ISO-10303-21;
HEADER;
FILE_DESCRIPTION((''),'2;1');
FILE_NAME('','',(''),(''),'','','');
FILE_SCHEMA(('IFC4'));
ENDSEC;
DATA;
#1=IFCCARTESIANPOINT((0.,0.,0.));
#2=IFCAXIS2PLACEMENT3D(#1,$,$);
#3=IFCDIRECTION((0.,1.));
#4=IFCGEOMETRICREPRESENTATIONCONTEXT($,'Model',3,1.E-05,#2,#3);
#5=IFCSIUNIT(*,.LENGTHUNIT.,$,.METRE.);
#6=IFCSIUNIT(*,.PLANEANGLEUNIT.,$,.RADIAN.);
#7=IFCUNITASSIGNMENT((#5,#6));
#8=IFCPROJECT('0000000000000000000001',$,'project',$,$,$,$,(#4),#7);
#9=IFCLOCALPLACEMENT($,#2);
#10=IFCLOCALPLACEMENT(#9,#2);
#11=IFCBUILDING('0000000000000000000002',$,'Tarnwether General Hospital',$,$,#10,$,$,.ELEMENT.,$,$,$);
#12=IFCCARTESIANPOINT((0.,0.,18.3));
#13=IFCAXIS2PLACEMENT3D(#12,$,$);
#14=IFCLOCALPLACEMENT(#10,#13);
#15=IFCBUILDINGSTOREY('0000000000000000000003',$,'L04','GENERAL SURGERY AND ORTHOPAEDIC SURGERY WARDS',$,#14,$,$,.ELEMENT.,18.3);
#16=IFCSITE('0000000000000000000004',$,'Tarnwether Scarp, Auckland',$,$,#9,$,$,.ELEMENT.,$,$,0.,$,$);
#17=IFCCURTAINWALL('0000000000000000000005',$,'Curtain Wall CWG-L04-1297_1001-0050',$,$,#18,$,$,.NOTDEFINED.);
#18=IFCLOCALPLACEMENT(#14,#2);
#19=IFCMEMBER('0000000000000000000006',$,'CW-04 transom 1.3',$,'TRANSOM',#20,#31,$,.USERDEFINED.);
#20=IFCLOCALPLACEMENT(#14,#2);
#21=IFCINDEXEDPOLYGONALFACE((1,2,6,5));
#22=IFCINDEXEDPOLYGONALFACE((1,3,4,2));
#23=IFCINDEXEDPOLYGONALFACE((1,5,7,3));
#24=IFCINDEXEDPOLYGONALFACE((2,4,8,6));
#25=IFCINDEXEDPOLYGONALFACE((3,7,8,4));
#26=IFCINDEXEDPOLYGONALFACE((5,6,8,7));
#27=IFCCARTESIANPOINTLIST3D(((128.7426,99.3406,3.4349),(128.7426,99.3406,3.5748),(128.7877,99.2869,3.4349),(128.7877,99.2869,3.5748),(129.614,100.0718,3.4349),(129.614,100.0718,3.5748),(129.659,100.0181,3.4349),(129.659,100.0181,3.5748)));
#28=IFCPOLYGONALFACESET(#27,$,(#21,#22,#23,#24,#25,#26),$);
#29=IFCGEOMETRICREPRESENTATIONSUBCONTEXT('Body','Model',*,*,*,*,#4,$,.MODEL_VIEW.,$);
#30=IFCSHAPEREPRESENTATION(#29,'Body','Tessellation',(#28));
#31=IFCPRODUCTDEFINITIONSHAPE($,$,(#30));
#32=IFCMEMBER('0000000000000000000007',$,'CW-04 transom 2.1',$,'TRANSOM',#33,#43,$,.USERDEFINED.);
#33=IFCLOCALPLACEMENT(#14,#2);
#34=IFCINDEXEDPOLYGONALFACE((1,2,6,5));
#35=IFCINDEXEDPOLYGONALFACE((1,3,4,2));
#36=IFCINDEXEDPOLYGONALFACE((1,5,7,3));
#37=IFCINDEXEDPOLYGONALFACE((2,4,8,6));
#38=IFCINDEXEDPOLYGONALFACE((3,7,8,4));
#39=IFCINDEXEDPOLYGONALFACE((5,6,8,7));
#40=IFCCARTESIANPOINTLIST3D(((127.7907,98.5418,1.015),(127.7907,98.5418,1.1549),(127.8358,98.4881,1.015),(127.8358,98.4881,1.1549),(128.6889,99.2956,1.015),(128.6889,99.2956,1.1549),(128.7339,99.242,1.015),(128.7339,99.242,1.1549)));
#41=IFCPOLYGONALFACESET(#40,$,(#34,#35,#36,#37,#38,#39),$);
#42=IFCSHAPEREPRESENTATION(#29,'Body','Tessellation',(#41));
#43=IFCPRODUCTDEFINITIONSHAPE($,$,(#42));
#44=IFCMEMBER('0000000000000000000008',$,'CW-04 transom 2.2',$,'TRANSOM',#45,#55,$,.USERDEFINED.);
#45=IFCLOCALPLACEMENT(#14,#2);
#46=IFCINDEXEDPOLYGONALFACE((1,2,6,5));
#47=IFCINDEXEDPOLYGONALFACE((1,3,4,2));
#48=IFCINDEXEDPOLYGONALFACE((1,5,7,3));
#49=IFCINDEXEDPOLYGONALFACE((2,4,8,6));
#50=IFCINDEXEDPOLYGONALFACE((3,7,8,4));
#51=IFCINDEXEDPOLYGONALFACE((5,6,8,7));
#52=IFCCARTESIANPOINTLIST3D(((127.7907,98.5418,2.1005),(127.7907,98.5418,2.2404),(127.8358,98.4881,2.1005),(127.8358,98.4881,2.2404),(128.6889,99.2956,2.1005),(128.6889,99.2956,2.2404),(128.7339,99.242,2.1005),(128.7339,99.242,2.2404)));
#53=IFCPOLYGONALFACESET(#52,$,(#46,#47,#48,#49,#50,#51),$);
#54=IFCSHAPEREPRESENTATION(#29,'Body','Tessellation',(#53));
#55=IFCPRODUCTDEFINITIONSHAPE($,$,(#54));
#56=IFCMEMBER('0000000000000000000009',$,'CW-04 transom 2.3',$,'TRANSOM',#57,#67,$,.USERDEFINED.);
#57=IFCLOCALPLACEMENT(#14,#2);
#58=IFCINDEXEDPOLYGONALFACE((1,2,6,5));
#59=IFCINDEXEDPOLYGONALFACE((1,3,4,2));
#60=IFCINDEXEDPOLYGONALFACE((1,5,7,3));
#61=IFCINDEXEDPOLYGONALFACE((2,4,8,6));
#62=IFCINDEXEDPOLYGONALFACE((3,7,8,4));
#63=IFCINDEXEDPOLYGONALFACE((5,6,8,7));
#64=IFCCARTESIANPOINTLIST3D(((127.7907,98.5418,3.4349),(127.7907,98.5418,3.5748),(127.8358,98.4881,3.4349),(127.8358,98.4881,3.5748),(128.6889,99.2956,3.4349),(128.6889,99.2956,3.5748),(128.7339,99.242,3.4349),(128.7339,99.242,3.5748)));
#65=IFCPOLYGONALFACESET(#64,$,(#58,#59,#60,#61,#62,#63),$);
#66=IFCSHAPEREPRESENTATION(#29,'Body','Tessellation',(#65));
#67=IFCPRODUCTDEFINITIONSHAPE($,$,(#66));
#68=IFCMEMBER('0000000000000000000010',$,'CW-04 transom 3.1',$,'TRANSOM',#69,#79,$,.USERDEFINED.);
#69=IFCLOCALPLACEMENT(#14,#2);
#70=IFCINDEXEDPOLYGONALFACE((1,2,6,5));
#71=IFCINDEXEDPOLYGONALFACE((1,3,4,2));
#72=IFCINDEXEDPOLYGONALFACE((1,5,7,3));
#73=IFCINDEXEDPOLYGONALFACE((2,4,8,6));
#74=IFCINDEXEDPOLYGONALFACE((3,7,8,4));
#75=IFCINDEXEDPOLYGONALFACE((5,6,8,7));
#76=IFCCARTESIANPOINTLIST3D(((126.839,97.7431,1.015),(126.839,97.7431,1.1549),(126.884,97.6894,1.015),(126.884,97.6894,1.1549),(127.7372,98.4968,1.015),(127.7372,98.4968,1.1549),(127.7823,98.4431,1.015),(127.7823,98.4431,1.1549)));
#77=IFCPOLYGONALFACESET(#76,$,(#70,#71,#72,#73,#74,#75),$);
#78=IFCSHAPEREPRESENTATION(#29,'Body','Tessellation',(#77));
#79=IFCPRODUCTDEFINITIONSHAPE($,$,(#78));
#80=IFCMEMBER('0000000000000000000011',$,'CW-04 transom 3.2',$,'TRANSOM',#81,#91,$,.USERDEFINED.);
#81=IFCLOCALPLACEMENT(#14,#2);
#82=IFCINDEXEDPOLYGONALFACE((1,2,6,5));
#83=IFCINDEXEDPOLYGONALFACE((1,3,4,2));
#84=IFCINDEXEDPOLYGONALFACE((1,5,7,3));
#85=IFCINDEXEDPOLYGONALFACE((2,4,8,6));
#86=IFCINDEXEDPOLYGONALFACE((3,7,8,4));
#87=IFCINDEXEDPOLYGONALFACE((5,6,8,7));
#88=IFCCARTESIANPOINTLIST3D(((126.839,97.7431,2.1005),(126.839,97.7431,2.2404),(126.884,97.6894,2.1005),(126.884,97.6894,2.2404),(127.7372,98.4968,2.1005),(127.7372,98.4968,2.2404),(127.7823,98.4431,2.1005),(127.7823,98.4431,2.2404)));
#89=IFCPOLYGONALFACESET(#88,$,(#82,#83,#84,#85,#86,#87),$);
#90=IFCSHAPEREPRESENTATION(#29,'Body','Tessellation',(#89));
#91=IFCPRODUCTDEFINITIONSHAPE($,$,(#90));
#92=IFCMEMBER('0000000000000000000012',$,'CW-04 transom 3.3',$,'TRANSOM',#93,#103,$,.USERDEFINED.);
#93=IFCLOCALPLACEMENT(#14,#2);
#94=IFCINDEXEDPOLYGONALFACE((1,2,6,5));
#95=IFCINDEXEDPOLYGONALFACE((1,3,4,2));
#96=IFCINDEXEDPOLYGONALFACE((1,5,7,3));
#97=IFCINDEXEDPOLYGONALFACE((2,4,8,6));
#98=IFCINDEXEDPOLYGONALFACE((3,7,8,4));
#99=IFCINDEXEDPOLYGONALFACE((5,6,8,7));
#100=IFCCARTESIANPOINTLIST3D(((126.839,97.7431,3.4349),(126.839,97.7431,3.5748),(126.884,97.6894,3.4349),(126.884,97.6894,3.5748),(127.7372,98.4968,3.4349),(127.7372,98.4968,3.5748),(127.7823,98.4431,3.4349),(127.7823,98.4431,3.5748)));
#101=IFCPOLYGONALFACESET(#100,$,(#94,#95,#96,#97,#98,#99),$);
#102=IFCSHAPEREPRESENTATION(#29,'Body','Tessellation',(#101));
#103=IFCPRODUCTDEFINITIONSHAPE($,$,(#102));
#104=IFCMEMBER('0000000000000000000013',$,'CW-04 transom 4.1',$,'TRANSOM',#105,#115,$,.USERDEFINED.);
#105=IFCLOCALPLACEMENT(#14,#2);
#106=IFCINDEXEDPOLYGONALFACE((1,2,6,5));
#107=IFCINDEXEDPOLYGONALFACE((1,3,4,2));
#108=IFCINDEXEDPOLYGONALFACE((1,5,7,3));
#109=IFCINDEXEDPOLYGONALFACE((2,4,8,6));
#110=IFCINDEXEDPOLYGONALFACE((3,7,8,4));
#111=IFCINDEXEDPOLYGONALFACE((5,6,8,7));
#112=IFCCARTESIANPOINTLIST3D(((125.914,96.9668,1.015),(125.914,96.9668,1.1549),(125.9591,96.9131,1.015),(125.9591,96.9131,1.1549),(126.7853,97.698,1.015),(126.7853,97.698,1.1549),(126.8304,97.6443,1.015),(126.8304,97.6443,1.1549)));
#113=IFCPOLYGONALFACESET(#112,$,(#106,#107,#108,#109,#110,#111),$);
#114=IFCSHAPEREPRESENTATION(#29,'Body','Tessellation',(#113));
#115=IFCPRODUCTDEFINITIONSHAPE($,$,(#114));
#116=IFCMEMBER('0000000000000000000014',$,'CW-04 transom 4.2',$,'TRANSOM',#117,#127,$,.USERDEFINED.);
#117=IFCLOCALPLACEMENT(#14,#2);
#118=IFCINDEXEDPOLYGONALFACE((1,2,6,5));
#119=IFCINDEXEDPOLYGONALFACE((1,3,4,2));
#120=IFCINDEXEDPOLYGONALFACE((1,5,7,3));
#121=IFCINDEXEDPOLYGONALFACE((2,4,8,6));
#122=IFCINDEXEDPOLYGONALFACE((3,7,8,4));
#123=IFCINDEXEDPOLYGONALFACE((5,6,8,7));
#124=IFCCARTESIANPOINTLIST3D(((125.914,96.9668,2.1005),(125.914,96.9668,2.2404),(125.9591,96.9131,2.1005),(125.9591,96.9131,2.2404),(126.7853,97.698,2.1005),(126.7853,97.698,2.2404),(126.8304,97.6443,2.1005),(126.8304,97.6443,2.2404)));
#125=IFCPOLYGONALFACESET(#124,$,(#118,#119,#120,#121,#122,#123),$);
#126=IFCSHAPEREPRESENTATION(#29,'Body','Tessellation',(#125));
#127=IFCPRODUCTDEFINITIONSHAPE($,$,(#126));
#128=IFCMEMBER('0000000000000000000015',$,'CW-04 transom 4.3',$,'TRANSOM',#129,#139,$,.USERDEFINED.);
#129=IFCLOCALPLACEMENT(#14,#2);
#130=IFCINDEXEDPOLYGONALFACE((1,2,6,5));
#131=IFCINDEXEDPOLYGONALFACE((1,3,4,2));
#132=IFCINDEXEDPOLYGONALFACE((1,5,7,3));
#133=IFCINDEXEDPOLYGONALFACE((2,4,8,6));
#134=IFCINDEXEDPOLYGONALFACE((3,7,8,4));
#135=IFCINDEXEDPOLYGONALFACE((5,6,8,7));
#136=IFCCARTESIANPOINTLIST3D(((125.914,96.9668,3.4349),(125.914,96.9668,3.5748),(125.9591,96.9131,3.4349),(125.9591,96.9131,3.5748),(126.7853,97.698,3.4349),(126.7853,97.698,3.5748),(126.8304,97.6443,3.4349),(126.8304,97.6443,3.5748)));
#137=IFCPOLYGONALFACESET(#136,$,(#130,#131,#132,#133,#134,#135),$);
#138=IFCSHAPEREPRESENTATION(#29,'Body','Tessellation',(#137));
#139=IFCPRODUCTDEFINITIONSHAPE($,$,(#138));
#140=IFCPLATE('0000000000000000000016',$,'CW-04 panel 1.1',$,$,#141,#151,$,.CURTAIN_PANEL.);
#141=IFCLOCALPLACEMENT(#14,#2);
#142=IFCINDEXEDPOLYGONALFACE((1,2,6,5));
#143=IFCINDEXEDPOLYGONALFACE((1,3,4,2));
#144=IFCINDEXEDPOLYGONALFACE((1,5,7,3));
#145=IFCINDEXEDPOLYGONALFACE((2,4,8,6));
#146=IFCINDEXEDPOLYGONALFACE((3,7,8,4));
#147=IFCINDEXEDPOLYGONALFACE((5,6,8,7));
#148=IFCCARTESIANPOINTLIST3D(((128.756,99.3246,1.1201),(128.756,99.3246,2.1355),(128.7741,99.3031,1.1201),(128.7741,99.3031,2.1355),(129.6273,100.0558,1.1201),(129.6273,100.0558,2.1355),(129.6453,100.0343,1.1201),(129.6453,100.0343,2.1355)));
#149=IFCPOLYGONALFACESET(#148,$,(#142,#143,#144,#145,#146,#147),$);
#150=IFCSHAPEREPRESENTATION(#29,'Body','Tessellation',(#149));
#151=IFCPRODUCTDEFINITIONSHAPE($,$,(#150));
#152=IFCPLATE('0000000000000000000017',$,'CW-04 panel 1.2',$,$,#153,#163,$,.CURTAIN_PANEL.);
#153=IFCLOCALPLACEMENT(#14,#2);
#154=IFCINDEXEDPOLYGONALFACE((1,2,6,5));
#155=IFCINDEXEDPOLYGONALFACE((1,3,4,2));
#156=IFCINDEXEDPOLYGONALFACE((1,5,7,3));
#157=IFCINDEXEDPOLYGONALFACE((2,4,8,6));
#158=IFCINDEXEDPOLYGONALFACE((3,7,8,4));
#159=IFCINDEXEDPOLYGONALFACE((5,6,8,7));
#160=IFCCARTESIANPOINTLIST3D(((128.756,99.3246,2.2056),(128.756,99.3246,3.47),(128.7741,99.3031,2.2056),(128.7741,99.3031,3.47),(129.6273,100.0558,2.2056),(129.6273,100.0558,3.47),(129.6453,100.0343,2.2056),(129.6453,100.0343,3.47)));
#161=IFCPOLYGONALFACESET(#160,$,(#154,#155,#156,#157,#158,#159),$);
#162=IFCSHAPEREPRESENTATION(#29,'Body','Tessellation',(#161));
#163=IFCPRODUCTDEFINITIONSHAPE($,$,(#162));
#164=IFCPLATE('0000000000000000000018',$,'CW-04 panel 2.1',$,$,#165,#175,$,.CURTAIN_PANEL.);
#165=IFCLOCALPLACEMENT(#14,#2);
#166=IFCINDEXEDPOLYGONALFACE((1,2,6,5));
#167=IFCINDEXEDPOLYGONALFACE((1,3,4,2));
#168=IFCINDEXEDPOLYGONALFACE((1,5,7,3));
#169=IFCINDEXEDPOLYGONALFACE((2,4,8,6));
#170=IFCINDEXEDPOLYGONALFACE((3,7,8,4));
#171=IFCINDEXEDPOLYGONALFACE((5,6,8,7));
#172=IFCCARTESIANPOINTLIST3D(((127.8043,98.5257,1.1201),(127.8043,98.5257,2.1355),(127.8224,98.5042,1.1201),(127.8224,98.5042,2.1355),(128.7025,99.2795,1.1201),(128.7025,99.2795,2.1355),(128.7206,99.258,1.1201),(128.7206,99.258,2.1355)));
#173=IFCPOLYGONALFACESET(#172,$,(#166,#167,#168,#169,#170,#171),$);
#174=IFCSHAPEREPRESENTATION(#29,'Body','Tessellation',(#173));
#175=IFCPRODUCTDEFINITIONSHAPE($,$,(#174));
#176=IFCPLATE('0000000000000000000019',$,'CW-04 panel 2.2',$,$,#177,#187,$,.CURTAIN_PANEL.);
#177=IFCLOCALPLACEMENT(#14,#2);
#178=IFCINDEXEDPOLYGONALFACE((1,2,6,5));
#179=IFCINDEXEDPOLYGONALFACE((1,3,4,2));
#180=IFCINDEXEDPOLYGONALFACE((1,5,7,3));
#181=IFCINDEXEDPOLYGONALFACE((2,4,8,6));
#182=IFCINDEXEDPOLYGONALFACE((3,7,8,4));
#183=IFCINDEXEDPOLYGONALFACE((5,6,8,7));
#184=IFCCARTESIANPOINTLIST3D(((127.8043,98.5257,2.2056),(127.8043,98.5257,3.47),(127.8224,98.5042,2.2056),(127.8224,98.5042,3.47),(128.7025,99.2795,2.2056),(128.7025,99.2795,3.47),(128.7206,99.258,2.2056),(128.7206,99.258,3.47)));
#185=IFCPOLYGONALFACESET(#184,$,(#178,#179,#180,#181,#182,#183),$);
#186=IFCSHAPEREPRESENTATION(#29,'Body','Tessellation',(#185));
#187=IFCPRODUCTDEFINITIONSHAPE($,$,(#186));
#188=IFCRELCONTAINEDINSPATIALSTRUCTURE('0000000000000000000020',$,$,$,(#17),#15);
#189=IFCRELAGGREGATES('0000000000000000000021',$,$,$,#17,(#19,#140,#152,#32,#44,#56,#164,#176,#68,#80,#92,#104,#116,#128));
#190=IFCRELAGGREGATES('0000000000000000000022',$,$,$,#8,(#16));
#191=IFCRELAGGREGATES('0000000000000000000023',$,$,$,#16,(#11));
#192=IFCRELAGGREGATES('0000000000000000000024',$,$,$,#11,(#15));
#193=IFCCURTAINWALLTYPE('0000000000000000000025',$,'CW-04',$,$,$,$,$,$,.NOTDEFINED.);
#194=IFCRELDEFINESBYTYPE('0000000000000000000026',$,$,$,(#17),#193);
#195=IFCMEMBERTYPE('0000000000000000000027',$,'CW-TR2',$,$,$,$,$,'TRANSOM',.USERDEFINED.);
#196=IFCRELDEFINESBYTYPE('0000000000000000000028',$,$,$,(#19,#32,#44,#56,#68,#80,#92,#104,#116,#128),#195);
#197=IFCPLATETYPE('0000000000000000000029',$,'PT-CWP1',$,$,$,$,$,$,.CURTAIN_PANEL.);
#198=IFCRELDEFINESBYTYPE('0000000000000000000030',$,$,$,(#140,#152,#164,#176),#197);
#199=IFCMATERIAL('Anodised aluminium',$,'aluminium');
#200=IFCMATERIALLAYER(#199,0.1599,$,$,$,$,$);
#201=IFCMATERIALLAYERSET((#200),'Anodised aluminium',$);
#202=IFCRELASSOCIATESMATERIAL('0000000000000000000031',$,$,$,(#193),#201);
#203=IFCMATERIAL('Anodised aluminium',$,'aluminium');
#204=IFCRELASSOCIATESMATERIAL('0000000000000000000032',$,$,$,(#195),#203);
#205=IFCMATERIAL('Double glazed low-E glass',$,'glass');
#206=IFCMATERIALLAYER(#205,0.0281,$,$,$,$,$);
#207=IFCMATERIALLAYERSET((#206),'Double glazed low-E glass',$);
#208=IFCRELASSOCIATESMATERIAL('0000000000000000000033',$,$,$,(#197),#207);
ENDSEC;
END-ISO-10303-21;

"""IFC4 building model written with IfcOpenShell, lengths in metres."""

from ifc_helpers import new_model, si_unit, direction, frame, origin, origin_2d, place, context, subcontext, project, spatial, rectangle, extrude, material, layer, layer_set, material_profile, profile_set, type_object, element, aggregate, save


model = new_model("IFC4")

# Units and contexts
model_context = context("Model", 3, precision=1e-05, world=origin(), true_north=direction((0.0, 1.0)))
body_context = subcontext(model_context, "Body", "Model", "MODEL_VIEW")
ifc_project = project(units=[si_unit("LENGTHUNIT", "METRE"), si_unit("PLANEANGLEUNIT", "RADIAN")], contexts=[model_context])

# Site, building, storey
site_placement = place(None, origin())
site = spatial("IfcSite", under=ifc_project, at=site_placement, Name="Tarnwether Scarp, Auckland", CompositionType="ELEMENT", RefElevation=0.0)
building_placement = place(site_placement, origin())
building = spatial("IfcBuilding", under=site, at=building_placement, Name="Tarnwether General Hospital", CompositionType="ELEMENT")
storey_placement = place(building_placement, frame((0.0, 0.0, 18.3)))
storey = spatial("IfcBuildingStorey", under=building, at=storey_placement, Name="L04", Description="GENERAL SURGERY AND ORTHOPAEDIC SURGERY WARDS", CompositionType="ELEMENT", Elevation=18.3)

# Shared definitions
ifc_material_1 = material(Name="Anodised aluminium", Category="aluminium")
ifc_layer_1 = layer(ifc_material_1, 0.1599)
ifc_layer_set_1 = layer_set([ifc_layer_1], Name="Anodised aluminium")
curtain_wall_type = type_object("IfcCurtainWallType", Name="CW-04", PredefinedType="NOTDEFINED", material=ifc_layer_set_1)

# Curtain wall
curtain_wall_1_placement = place(storey_placement, origin())
curtain_wall_1 = element("IfcCurtainWall", 1, at=curtain_wall_1_placement, inside=storey, type_object=curtain_wall_type, Name="Curtain Wall CWG-L04-1297_1001-0050", PredefinedType="NOTDEFINED")

# Members
ifc_material_2 = material(Name="Anodised aluminium", Category="aluminium")
ifc_material_profile_1 = material_profile(ifc_material_2, rectangle(XDim=0.0701, YDim=0.1399, at=origin_2d()), Name="ALU-TRN-70x140")
ifc_profile_set_1 = profile_set([ifc_material_profile_1], Name="Anodised aluminium")
member_type_1 = type_object("IfcMemberType", Name="CW-TR2", ElementType="TRANSOM", PredefinedType="USERDEFINED", material=ifc_profile_set_1)
member_1_placement = place(storey_placement, frame((129.6365, 100.0449, 3.5049), z_axis=(-0.766018, -0.64282, 0.0), x_axis=(0.64282, -0.766018, 0.0)))
member_1 = element("IfcMember", 2, at=member_1_placement, type_object=member_type_1, Name="CW-04 transom 1.3", ObjectType="TRANSOM", PredefinedType="USERDEFINED", context=body_context, shape_type="SweptSolid", body=[
    extrude(rectangle(XDim=0.0701, YDim=0.1399, at=origin_2d()), origin(), (0.0, 0.0, 1.0), 1.1375),
])
member_2_placement = place(storey_placement, frame((128.7114, 99.2688, 1.085), z_axis=(-0.765947, -0.642904, 0.0), x_axis=(0.642904, -0.765947, 0.0)))
member_2 = element("IfcMember", 3, at=member_2_placement, type_object=member_type_1, Name="CW-04 transom 2.1", ObjectType="TRANSOM", PredefinedType="USERDEFINED", context=body_context, shape_type="SweptSolid", body=[
    extrude(rectangle(XDim=0.0701, YDim=0.1399, at=origin_2d()), origin(), (0.0, 0.0, 1.0), 1.1726),
])
member_3_placement = place(storey_placement, frame((128.7114, 99.2688, 2.1704), z_axis=(-0.765947, -0.642904, 0.0), x_axis=(0.642904, -0.765947, 0.0)))
member_3 = element("IfcMember", 4, at=member_3_placement, type_object=member_type_1, Name="CW-04 transom 2.2", ObjectType="TRANSOM", PredefinedType="USERDEFINED", context=body_context, shape_type="SweptSolid", body=[
    extrude(rectangle(XDim=0.0701, YDim=0.1399, at=origin_2d()), origin(), (0.0, 0.0, 1.0), 1.1726),
])
member_4_placement = place(storey_placement, frame((128.7114, 99.2688, 3.5049), z_axis=(-0.765947, -0.642904, 0.0), x_axis=(0.642904, -0.765947, 0.0)))
member_4 = element("IfcMember", 5, at=member_4_placement, type_object=member_type_1, Name="CW-04 transom 2.3", ObjectType="TRANSOM", PredefinedType="USERDEFINED", context=body_context, shape_type="SweptSolid", body=[
    extrude(rectangle(XDim=0.0701, YDim=0.1399, at=origin_2d()), origin(), (0.0, 0.0, 1.0), 1.1726),
])
member_5_placement = place(storey_placement, frame((127.7598, 98.47, 1.085), z_axis=(-0.766049, -0.642782, 0.0), x_axis=(0.642782, -0.766049, 0.0)))
member_5 = element("IfcMember", 6, at=member_5_placement, type_object=member_type_1, Name="CW-04 transom 3.1", ObjectType="TRANSOM", PredefinedType="USERDEFINED", context=body_context, shape_type="SweptSolid", body=[
    extrude(rectangle(XDim=0.0701, YDim=0.1399, at=origin_2d()), origin(), (0.0, 0.0, 1.0), 1.1726),
])
member_6_placement = place(storey_placement, frame((127.7598, 98.47, 2.1704), z_axis=(-0.766049, -0.642782, 0.0), x_axis=(0.642782, -0.766049, 0.0)))
member_6 = element("IfcMember", 7, at=member_6_placement, type_object=member_type_1, Name="CW-04 transom 3.2", ObjectType="TRANSOM", PredefinedType="USERDEFINED", context=body_context, shape_type="SweptSolid", body=[
    extrude(rectangle(XDim=0.0701, YDim=0.1399, at=origin_2d()), origin(), (0.0, 0.0, 1.0), 1.1726),
])
member_7_placement = place(storey_placement, frame((127.7598, 98.47, 3.5049), z_axis=(-0.766049, -0.642782, 0.0), x_axis=(0.642782, -0.766049, 0.0)))
member_7 = element("IfcMember", 8, at=member_7_placement, type_object=member_type_1, Name="CW-04 transom 3.3", ObjectType="TRANSOM", PredefinedType="USERDEFINED", context=body_context, shape_type="SweptSolid", body=[
    extrude(rectangle(XDim=0.0701, YDim=0.1399, at=origin_2d()), origin(), (0.0, 0.0, 1.0), 1.1726),
])
member_8_placement = place(storey_placement, frame((126.8079, 97.6711, 1.085), z_axis=(-0.766018, -0.64282, 0.0), x_axis=(0.64282, -0.766018, 0.0)))
member_8 = element("IfcMember", 9, at=member_8_placement, type_object=member_type_1, Name="CW-04 transom 4.1", ObjectType="TRANSOM", PredefinedType="USERDEFINED", context=body_context, shape_type="SweptSolid", body=[
    extrude(rectangle(XDim=0.0701, YDim=0.1399, at=origin_2d()), origin(), (0.0, 0.0, 1.0), 1.1375),
])
member_9_placement = place(storey_placement, frame((126.8079, 97.6711, 2.1704), z_axis=(-0.766018, -0.64282, 0.0), x_axis=(0.64282, -0.766018, 0.0)))
member_9 = element("IfcMember", 10, at=member_9_placement, type_object=member_type_1, Name="CW-04 transom 4.2", ObjectType="TRANSOM", PredefinedType="USERDEFINED", context=body_context, shape_type="SweptSolid", body=[
    extrude(rectangle(XDim=0.0701, YDim=0.1399, at=origin_2d()), origin(), (0.0, 0.0, 1.0), 1.1375),
])
member_10_placement = place(storey_placement, frame((126.8079, 97.6711, 3.5049), z_axis=(-0.766018, -0.64282, 0.0), x_axis=(0.64282, -0.766018, 0.0)))
member_10 = element("IfcMember", 11, at=member_10_placement, type_object=member_type_1, Name="CW-04 transom 4.3", ObjectType="TRANSOM", PredefinedType="USERDEFINED", context=body_context, shape_type="SweptSolid", body=[
    extrude(rectangle(XDim=0.0701, YDim=0.1399, at=origin_2d()), origin(), (0.0, 0.0, 1.0), 1.1375),
])

# Plates
ifc_material_3 = material(Name="Double glazed low-E glass", Category="glass")
ifc_layer_2 = layer(ifc_material_3, 0.0281)
ifc_layer_set_2 = layer_set([ifc_layer_2], Name="Double glazed low-E glass")
plate_type = type_object("IfcPlateType", Name="PT-CWP1", PredefinedType="CURTAIN_PANEL", material=ifc_layer_set_2)
plate_1_placement = place(storey_placement, frame((129.2007, 99.6794, 1.1201), z_axis=(0.0, 0.0, 1.0), x_axis=(-0.76599, -0.642852, 0.0)))
plate_1 = element("IfcPlate", 12, at=plate_1_placement, type_object=plate_type, Name="CW-04 panel 1.1", PredefinedType="CURTAIN_PANEL", context=body_context, shape_type="SweptSolid", body=[
    extrude(rectangle(XDim=1.1375, YDim=0.0281, at=origin_2d()), origin(), (0.0, 0.0, 1.0), 1.0154),
])
plate_2_placement = place(storey_placement, frame((129.2007, 99.6794, 2.2056), z_axis=(0.0, 0.0, 1.0), x_axis=(-0.76599, -0.642852, 0.0)))
plate_2 = element("IfcPlate", 13, at=plate_2_placement, type_object=plate_type, Name="CW-04 panel 1.2", PredefinedType="CURTAIN_PANEL", context=body_context, shape_type="SweptSolid", body=[
    extrude(rectangle(XDim=1.1375, YDim=0.0281, at=origin_2d()), origin(), (0.0, 0.0, 1.0), 1.2644),
])
plate_3_placement = place(storey_placement, frame((128.2625, 98.8918, 1.1201), z_axis=(0.0, 0.0, 1.0), x_axis=(-0.76599, -0.642852, 0.0)))
plate_3 = element("IfcPlate", 14, at=plate_3_placement, type_object=plate_type, Name="CW-04 panel 2.1", PredefinedType="CURTAIN_PANEL", context=body_context, shape_type="SweptSolid", body=[
    extrude(rectangle(XDim=1.1726, YDim=0.0281, at=origin_2d()), origin(), (0.0, 0.0, 1.0), 1.0154),
])
plate_4_placement = place(storey_placement, frame((128.2625, 98.8918, 2.2056), z_axis=(0.0, 0.0, 1.0), x_axis=(-0.76599, -0.642852, 0.0)))
plate_4 = element("IfcPlate", 15, at=plate_4_placement, type_object=plate_type, Name="CW-04 panel 2.2", PredefinedType="CURTAIN_PANEL", context=body_context, shape_type="SweptSolid", body=[
    extrude(rectangle(XDim=1.1726, YDim=0.0281, at=origin_2d()), origin(), (0.0, 0.0, 1.0), 1.2644),
])
aggregate(curtain_wall_1, [member_1, plate_1, plate_2, member_2, member_3, member_4, plate_3, plate_4, member_5, member_6, member_7, member_8, member_9, member_10])

save(model, "model.ifc")
